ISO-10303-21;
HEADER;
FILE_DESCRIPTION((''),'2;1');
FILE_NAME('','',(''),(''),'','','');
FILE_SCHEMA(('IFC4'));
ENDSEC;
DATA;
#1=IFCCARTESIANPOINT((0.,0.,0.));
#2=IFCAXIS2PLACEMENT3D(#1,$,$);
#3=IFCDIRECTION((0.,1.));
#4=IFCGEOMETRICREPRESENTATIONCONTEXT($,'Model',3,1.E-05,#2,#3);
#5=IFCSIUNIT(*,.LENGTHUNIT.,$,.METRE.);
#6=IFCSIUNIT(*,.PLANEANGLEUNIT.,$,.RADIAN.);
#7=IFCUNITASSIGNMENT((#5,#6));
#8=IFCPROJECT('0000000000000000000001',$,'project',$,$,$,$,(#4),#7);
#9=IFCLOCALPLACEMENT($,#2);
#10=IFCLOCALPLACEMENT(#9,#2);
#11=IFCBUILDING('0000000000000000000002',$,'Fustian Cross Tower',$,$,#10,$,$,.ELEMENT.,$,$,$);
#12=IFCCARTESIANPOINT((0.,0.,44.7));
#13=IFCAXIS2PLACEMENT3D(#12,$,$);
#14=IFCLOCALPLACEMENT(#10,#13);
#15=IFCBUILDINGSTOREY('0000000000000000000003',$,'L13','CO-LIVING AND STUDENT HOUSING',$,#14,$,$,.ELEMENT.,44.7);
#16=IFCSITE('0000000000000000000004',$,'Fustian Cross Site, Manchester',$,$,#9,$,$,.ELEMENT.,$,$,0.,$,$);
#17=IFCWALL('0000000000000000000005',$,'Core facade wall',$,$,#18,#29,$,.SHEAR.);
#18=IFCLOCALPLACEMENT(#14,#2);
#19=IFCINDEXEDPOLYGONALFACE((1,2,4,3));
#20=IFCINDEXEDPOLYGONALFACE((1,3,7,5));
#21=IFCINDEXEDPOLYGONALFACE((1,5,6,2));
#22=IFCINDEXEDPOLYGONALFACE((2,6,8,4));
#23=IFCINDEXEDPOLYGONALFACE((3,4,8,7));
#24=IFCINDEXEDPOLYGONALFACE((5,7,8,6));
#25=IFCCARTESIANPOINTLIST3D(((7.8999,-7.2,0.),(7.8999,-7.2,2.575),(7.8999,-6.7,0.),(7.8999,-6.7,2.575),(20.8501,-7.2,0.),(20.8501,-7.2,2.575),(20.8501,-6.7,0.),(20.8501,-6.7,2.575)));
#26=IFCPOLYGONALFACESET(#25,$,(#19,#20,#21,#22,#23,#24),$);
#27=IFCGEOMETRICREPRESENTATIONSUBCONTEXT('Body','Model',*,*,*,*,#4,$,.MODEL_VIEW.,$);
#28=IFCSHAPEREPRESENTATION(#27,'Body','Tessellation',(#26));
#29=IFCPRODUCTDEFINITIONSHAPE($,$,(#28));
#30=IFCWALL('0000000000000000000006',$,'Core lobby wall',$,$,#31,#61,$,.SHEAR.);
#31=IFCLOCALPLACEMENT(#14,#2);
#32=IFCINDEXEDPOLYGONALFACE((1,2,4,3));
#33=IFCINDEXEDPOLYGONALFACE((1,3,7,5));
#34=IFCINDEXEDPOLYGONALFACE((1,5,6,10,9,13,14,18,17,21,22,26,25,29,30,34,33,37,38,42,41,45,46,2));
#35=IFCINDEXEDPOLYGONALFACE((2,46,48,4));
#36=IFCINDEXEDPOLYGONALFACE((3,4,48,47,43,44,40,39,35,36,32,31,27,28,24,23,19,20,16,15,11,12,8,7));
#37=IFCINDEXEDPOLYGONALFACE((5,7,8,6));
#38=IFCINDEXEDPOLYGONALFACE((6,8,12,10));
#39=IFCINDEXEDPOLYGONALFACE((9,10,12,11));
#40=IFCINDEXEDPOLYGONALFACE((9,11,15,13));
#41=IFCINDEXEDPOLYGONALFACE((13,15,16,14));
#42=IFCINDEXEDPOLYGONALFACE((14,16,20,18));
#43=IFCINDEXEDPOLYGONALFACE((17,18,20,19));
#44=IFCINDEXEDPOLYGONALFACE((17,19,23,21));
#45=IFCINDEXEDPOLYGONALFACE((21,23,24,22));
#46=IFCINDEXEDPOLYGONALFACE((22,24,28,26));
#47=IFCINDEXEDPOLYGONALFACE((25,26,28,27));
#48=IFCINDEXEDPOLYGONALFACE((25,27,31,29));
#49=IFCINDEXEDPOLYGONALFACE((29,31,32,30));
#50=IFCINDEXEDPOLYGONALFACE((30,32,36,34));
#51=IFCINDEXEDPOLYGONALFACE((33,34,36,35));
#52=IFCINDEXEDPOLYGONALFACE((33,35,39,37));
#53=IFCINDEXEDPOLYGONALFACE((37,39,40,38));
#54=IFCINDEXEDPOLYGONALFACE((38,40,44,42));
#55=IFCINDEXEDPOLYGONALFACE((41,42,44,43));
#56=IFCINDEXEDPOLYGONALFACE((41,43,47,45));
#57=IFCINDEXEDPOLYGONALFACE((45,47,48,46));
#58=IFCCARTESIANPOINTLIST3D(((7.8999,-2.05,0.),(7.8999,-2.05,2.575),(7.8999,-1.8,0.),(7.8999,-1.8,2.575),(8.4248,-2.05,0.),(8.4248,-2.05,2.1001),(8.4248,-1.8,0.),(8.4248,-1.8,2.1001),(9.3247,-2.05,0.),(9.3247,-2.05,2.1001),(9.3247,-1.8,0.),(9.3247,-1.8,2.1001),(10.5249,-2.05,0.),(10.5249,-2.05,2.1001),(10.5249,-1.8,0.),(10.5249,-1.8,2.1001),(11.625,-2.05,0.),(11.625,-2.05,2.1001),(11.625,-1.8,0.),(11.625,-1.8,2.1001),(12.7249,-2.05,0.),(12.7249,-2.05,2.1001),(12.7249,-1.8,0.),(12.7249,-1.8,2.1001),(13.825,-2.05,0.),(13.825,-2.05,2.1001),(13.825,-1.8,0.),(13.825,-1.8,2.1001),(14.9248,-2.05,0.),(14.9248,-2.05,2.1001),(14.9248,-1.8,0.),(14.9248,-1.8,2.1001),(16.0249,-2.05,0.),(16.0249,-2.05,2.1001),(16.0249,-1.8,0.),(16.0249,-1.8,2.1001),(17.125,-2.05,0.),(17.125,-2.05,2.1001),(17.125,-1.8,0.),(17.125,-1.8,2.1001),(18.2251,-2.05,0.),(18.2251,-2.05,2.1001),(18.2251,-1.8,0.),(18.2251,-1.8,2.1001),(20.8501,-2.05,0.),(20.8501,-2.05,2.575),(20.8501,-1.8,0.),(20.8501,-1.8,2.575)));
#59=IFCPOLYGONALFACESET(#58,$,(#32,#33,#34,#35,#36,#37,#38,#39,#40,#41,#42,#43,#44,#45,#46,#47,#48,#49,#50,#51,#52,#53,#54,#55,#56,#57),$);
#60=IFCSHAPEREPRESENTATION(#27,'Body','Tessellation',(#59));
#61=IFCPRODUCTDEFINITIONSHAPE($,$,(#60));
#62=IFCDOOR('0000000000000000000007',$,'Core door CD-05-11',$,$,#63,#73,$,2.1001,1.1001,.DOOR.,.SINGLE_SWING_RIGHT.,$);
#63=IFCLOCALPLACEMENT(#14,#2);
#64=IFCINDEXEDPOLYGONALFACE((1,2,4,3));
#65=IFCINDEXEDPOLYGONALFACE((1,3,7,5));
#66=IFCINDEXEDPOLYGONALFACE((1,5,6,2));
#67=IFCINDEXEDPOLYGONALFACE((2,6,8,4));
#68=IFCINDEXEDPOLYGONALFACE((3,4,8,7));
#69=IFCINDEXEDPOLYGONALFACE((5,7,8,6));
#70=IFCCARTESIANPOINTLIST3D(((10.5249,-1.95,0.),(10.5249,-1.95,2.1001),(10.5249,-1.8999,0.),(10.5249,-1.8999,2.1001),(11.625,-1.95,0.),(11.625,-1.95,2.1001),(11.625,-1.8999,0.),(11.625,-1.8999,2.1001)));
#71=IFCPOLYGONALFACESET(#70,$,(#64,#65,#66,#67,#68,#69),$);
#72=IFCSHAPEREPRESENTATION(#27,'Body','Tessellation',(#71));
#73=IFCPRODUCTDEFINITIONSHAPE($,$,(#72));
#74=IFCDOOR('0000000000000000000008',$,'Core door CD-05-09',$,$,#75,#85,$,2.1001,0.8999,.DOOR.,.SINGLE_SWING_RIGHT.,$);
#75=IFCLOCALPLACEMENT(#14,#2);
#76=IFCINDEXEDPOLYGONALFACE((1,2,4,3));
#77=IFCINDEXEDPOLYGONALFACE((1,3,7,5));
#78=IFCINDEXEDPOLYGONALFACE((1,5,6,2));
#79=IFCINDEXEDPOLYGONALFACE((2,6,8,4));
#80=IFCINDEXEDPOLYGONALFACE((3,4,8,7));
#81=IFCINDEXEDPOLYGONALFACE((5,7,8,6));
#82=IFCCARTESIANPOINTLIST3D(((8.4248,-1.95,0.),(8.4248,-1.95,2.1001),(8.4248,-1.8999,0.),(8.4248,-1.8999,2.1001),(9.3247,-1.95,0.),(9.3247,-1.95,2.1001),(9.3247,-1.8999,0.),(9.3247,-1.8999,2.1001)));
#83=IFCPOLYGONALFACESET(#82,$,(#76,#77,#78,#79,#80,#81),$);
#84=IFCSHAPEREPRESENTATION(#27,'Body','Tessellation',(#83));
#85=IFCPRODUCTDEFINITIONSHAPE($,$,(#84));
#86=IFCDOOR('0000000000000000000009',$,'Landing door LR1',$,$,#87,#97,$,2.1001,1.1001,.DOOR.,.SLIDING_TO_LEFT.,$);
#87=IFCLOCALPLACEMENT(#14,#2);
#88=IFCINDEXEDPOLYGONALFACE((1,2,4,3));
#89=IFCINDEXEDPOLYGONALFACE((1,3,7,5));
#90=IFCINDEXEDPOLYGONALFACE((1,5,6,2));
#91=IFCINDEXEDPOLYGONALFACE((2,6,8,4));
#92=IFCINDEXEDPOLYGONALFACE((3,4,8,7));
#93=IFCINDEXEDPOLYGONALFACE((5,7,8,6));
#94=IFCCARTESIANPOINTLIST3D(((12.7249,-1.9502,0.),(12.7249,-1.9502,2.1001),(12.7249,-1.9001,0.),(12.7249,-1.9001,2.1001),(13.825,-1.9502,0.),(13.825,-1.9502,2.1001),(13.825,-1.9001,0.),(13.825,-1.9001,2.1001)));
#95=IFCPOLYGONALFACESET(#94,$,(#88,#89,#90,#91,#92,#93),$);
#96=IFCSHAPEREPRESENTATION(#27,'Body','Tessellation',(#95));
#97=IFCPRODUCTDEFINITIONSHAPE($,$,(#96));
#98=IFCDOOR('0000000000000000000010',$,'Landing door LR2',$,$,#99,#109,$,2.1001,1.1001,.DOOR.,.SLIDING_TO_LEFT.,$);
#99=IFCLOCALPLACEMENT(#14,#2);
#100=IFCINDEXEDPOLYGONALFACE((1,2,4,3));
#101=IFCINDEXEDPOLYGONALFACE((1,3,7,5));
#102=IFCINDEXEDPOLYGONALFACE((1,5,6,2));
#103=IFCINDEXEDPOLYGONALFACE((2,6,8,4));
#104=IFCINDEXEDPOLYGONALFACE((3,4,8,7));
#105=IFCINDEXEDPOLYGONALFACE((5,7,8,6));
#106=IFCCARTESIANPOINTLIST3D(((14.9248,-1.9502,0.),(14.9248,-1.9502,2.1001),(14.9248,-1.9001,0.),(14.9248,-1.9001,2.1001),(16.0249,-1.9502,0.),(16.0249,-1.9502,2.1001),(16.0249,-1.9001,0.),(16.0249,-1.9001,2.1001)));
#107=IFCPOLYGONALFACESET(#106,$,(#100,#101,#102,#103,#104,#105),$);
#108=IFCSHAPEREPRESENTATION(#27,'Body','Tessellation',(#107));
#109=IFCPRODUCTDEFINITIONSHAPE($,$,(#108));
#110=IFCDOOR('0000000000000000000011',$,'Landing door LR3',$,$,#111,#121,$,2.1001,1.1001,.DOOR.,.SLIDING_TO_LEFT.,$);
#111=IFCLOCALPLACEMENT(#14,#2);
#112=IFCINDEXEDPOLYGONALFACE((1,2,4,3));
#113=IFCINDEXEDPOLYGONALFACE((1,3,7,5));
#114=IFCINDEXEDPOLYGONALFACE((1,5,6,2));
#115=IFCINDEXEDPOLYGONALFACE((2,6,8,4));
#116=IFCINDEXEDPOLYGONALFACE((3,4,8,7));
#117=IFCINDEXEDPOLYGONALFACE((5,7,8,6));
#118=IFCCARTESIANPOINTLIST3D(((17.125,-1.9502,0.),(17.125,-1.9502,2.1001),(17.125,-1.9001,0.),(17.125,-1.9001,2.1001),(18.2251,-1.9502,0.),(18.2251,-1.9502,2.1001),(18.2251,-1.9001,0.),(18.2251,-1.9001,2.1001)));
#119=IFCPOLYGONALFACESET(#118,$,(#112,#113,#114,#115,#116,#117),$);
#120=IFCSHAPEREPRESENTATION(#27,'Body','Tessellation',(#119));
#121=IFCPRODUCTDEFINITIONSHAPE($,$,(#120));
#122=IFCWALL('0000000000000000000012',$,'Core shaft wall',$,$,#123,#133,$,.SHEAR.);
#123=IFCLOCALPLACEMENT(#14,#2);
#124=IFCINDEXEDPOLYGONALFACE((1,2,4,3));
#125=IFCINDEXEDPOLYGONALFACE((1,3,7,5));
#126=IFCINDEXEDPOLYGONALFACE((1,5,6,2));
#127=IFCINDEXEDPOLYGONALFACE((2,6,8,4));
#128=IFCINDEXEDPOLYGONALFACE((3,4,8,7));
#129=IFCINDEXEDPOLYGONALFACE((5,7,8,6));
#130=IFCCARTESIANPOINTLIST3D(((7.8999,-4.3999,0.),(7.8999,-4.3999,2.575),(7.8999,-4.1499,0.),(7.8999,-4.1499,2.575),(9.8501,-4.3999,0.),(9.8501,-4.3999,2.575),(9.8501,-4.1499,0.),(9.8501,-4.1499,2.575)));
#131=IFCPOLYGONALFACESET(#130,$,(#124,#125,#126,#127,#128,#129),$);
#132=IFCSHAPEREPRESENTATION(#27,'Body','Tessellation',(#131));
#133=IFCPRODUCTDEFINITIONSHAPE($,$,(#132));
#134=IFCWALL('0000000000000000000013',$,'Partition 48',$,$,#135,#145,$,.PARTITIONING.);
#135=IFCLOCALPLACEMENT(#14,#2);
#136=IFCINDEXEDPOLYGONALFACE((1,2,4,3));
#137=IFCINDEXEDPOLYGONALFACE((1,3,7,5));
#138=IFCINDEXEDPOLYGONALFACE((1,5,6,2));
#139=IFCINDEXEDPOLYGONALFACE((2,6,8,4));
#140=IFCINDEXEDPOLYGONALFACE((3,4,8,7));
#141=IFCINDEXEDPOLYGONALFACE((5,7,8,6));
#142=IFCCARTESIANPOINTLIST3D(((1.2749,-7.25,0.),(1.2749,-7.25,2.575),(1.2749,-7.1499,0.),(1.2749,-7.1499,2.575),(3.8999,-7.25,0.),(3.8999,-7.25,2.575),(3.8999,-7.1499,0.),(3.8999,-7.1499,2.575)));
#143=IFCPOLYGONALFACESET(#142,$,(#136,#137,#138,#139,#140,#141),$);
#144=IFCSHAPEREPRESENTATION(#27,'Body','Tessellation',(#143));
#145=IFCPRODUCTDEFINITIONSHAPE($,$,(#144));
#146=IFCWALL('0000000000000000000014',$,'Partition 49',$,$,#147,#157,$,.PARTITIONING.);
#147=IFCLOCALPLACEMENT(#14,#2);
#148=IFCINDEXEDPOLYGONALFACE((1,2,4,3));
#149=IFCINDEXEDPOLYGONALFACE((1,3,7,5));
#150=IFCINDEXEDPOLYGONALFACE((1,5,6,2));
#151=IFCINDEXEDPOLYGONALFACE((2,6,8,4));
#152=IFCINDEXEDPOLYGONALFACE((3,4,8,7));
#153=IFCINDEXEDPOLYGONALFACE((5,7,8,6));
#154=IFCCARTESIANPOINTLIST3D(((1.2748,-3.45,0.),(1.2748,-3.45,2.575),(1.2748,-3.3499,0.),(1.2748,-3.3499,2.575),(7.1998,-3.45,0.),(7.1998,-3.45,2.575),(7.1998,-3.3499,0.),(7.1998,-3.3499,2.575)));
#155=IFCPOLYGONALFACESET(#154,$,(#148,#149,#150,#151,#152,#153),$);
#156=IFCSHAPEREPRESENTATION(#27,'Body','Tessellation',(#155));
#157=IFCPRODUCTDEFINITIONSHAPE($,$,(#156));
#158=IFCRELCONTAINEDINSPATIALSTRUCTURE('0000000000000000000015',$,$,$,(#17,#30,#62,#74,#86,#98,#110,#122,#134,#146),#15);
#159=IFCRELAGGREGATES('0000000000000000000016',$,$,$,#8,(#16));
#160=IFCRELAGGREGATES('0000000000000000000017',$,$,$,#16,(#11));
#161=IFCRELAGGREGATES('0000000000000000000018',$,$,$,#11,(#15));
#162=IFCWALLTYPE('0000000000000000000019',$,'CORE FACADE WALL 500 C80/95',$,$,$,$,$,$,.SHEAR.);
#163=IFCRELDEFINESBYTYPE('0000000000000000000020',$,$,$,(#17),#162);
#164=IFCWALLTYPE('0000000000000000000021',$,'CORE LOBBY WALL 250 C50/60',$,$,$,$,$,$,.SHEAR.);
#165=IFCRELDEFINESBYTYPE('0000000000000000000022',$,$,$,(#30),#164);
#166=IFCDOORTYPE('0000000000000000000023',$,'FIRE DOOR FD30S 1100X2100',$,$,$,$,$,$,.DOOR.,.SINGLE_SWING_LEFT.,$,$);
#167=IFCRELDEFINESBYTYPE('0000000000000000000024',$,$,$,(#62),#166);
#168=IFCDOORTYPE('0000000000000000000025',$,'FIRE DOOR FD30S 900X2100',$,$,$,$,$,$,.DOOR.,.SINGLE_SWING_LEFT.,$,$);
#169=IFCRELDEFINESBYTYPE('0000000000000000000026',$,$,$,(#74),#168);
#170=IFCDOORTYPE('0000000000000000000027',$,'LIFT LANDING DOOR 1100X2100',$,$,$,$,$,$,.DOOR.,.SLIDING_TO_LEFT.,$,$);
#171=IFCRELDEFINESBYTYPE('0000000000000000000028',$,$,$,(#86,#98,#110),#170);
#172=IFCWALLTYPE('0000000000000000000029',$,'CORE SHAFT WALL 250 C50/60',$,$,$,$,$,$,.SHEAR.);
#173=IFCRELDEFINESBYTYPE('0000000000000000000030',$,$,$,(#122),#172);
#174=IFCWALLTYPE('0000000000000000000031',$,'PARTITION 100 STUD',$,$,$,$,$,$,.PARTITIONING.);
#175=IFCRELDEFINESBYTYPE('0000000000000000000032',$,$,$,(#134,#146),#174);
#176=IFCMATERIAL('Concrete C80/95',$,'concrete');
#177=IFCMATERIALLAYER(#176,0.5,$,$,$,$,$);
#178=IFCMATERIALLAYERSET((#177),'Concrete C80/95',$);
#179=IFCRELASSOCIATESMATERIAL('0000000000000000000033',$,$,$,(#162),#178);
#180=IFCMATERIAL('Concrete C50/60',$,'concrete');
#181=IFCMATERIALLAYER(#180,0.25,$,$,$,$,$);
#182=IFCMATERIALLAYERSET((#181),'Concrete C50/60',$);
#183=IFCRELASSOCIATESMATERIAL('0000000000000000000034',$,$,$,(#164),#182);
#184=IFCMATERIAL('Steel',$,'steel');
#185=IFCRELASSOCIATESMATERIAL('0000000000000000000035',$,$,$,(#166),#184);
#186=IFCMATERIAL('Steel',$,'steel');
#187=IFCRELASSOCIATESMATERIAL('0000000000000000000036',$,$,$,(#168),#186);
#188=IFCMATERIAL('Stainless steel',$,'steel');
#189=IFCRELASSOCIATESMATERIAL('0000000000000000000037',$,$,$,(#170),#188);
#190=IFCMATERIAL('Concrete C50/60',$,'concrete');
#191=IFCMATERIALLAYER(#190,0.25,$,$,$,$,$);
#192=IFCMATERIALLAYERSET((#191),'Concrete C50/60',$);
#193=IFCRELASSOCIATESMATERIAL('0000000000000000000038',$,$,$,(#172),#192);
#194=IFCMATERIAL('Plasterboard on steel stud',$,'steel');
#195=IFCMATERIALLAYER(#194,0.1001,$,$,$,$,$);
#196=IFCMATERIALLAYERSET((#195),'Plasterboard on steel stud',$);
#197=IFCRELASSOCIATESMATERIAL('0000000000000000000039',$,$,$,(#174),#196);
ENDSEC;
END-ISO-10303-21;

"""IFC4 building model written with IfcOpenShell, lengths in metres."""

from ifc_helpers import new_model, si_unit, direction, frame, frame_2d, origin, place, context, subcontext, project, spatial, rectangle, extrude, material, layer, layer_set, type_object, element, fill, save


model = new_model("IFC4")

# Units and contexts
model_context = context("Model", 3, precision=1e-05, world=origin(), true_north=direction((0.0, 1.0)))
body_context = subcontext(model_context, "Body", "Model", "MODEL_VIEW")
ifc_project = project(units=[si_unit("LENGTHUNIT", "METRE"), si_unit("PLANEANGLEUNIT", "RADIAN")], contexts=[model_context])

# Site, building, storey
site_placement = place(None, origin())
site = spatial("IfcSite", under=ifc_project, at=site_placement, Name="Fustian Cross Site, Manchester", CompositionType="ELEMENT", RefElevation=0.0)
building_placement = place(site_placement, origin())
building = spatial("IfcBuilding", under=site, at=building_placement, Name="Fustian Cross Tower", CompositionType="ELEMENT")
storey_placement = place(building_placement, frame((0.0, 0.0, 44.7)))
storey = spatial("IfcBuildingStorey", under=building, at=storey_placement, Name="L13", Description="CO-LIVING AND STUDENT HOUSING", CompositionType="ELEMENT", Elevation=44.7)

# Wall
ifc_material_1 = material(Name="Concrete C80/95", Category="concrete")
ifc_layer_1 = layer(ifc_material_1, 0.5)
ifc_layer_set_1 = layer_set([ifc_layer_1], Name="Concrete C80/95")
wall_type_1 = type_object("IfcWallType", Name="CORE FACADE WALL 500 C80/95", PredefinedType="SHEAR", material=ifc_layer_set_1)
wall_1_placement = place(storey_placement, frame((7.8999, -6.95, 0.0), z_axis=(0.0, 0.0, 1.0), x_axis=(1.0, 0.0, 0.0)))
element("IfcWall", 1, at=wall_1_placement, inside=storey, type_object=wall_type_1, Name="Core facade wall", PredefinedType="SHEAR", context=body_context, shape_type="SweptSolid", body=[
    extrude(rectangle(XDim=12.9502, YDim=0.5, at=frame_2d((6.4751, 0.0))), origin(), (0.0, 0.0, 1.0), 2.575),
])

# Wall, openings, doors
ifc_material_2 = material(Name="Concrete C50/60", Category="concrete")
ifc_layer_2 = layer(ifc_material_2, 0.25)
ifc_layer_set_2 = layer_set([ifc_layer_2], Name="Concrete C50/60")
wall_type_2 = type_object("IfcWallType", Name="CORE LOBBY WALL 250 C50/60", PredefinedType="SHEAR", material=ifc_layer_set_2)
wall_2_placement = place(storey_placement, frame((7.8999, -1.925, 0.0), z_axis=(0.0, 0.0, 1.0), x_axis=(1.0, 0.0, 0.0)))
wall_2 = element("IfcWall", 2, at=wall_2_placement, inside=storey, type_object=wall_type_2, Name="Core lobby wall", PredefinedType="SHEAR", context=body_context, shape_type="SweptSolid", body=[
    extrude(rectangle(XDim=12.9502, YDim=0.25, at=frame_2d((6.4751, 0.0))), origin(), (0.0, 0.0, 1.0), 2.575),
])
opening_1_placement = place(wall_2_placement, frame((4.825, 0.0, 0.0)))
opening_1 = element("IfcOpeningElement", 3, at=opening_1_placement, cuts=wall_2, PredefinedType="OPENING", context=body_context, shape_type="SweptSolid", body=[
    extrude(rectangle(XDim=1.1001, YDim=2.1001, at=frame_2d((0.55, 1.05))), frame((0.0, 0.135, 0.0), z_axis=(0.0, -1.0, 0.0), x_axis=(1.0, 0.0, 0.0)), (0.0, 0.0, 1.0), 0.27),
])
opening_2_placement = place(wall_2_placement, frame((7.0249, 0.0, 0.0)))
opening_2 = element("IfcOpeningElement", 4, at=opening_2_placement, cuts=wall_2, PredefinedType="OPENING", context=body_context, shape_type="SweptSolid", body=[
    extrude(rectangle(XDim=1.1001, YDim=2.1001, at=frame_2d((0.55, 1.05))), frame((0.0, 0.135, 0.0), z_axis=(0.0, -1.0, 0.0), x_axis=(1.0, 0.0, 0.0)), (0.0, 0.0, 1.0), 0.27),
])
opening_3_placement = place(wall_2_placement, frame((9.2251, 0.0, 0.0)))
opening_3 = element("IfcOpeningElement", 5, at=opening_3_placement, cuts=wall_2, PredefinedType="OPENING", context=body_context, shape_type="SweptSolid", body=[
    extrude(rectangle(XDim=1.1001, YDim=2.1001, at=frame_2d((0.55, 1.05))), frame((0.0, 0.135, 0.0), z_axis=(0.0, -1.0, 0.0), x_axis=(1.0, 0.0, 0.0)), (0.0, 0.0, 1.0), 0.27),
])
opening_4_placement = place(wall_2_placement, frame((0.5249, 0.0, 0.0)))
opening_4 = element("IfcOpeningElement", 6, at=opening_4_placement, cuts=wall_2, PredefinedType="OPENING", context=body_context, shape_type="SweptSolid", body=[
    extrude(rectangle(XDim=0.8999, YDim=2.1001, at=frame_2d((0.45, 1.05))), frame((0.0, 0.135, 0.0), z_axis=(0.0, -1.0, 0.0), x_axis=(1.0, 0.0, 0.0)), (0.0, 0.0, 1.0), 0.27),
])
opening_5_placement = place(wall_2_placement, frame((2.625, 0.0, 0.0)))
opening_5 = element("IfcOpeningElement", 7, at=opening_5_placement, cuts=wall_2, PredefinedType="OPENING", context=body_context, shape_type="SweptSolid", body=[
    extrude(rectangle(XDim=1.1001, YDim=2.1001, at=frame_2d((0.55, 1.05))), frame((0.0, 0.135, 0.0), z_axis=(0.0, -1.0, 0.0), x_axis=(1.0, 0.0, 0.0)), (0.0, 0.0, 1.0), 0.27),
])
ifc_material_3 = material(Name="Steel", Category="steel")
door_type_1 = type_object("IfcDoorType", Name="FIRE DOOR FD30S 1100X2100", OperationType="SINGLE_SWING_LEFT", PredefinedType="DOOR", material=ifc_material_3)
door_1_placement = place(opening_5_placement, frame((1.1001, 0.0, 0.0), z_axis=(0.0, 0.0, 1.0), x_axis=(-1.0, 0.0, 0.0)))
door_1 = element("IfcDoor", 8, at=door_1_placement, inside=storey, type_object=door_type_1, Name="Core door CD-05-11", OperationType="SINGLE_SWING_RIGHT", OverallHeight=2.1001, OverallWidth=1.1001, PredefinedType="DOOR", context=body_context, shape_type="SweptSolid", body=[
    extrude(rectangle(XDim=1.1001, YDim=2.1001, at=frame_2d((0.55, 1.05))), frame((0.0, 0.0249, 0.0), z_axis=(0.0, -1.0, 0.0), x_axis=(1.0, 0.0, 0.0)), (0.0, 0.0, 1.0), 0.05),
])
fill(opening_5, door_1)
ifc_material_4 = material(Name="Steel", Category="steel")
door_type_2 = type_object("IfcDoorType", Name="FIRE DOOR FD30S 900X2100", OperationType="SINGLE_SWING_LEFT", PredefinedType="DOOR", material=ifc_material_4)
door_2_placement = place(opening_4_placement, frame((0.8999, 0.0, 0.0), z_axis=(0.0, 0.0, 1.0), x_axis=(-1.0, 0.0, 0.0)))
door_2 = element("IfcDoor", 9, at=door_2_placement, inside=storey, type_object=door_type_2, Name="Core door CD-05-09", OperationType="SINGLE_SWING_RIGHT", OverallHeight=2.1001, OverallWidth=0.8999, PredefinedType="DOOR", context=body_context, shape_type="SweptSolid", body=[
    extrude(rectangle(XDim=0.8999, YDim=2.1001, at=frame_2d((0.45, 1.05))), frame((0.0, 0.0249, 0.0), z_axis=(0.0, -1.0, 0.0), x_axis=(1.0, 0.0, 0.0)), (0.0, 0.0, 1.0), 0.05),
])
fill(opening_4, door_2)
ifc_material_5 = material(Name="Stainless steel", Category="steel")
door_type_3 = type_object("IfcDoorType", Name="LIFT LANDING DOOR 1100X2100", OperationType="SLIDING_TO_LEFT", PredefinedType="DOOR", material=ifc_material_5)
door_3_placement = place(opening_1_placement, origin())
door_3 = element("IfcDoor", 10, at=door_3_placement, inside=storey, type_object=door_type_3, Name="Landing door LR1", OperationType="SLIDING_TO_LEFT", OverallHeight=2.1001, OverallWidth=1.1001, PredefinedType="DOOR", context=body_context, shape_type="SweptSolid", body=[
    extrude(rectangle(XDim=1.1001, YDim=2.1001, at=frame_2d((0.55, 1.05))), frame((0.0, 0.0249, 0.0), z_axis=(0.0, -1.0, 0.0), x_axis=(1.0, 0.0, 0.0)), (0.0, 0.0, 1.0), 0.05),
])
fill(opening_1, door_3)
door_4_placement = place(opening_2_placement, origin())
door_4 = element("IfcDoor", 11, at=door_4_placement, inside=storey, type_object=door_type_3, Name="Landing door LR2", OperationType="SLIDING_TO_LEFT", OverallHeight=2.1001, OverallWidth=1.1001, PredefinedType="DOOR", context=body_context, shape_type="SweptSolid", body=[
    extrude(rectangle(XDim=1.1001, YDim=2.1001, at=frame_2d((0.55, 1.05))), frame((0.0, 0.0249, 0.0), z_axis=(0.0, -1.0, 0.0), x_axis=(1.0, 0.0, 0.0)), (0.0, 0.0, 1.0), 0.05),
])
fill(opening_2, door_4)
door_5_placement = place(opening_3_placement, origin())
door_5 = element("IfcDoor", 12, at=door_5_placement, inside=storey, type_object=door_type_3, Name="Landing door LR3", OperationType="SLIDING_TO_LEFT", OverallHeight=2.1001, OverallWidth=1.1001, PredefinedType="DOOR", context=body_context, shape_type="SweptSolid", body=[
    extrude(rectangle(XDim=1.1001, YDim=2.1001, at=frame_2d((0.55, 1.05))), frame((0.0, 0.0249, 0.0), z_axis=(0.0, -1.0, 0.0), x_axis=(1.0, 0.0, 0.0)), (0.0, 0.0, 1.0), 0.05),
])
fill(opening_3, door_5)

# Walls
ifc_material_6 = material(Name="Concrete C50/60", Category="concrete")
ifc_layer_3 = layer(ifc_material_6, 0.25)
ifc_layer_set_3 = layer_set([ifc_layer_3], Name="Concrete C50/60")
wall_type_3 = type_object("IfcWallType", Name="CORE SHAFT WALL 250 C50/60", PredefinedType="SHEAR", material=ifc_layer_set_3)
wall_3_placement = place(storey_placement, frame((7.8999, -4.2749, 0.0), z_axis=(0.0, 0.0, 1.0), x_axis=(1.0, 0.0, 0.0)))
element("IfcWall", 13, at=wall_3_placement, inside=storey, type_object=wall_type_3, Name="Core shaft wall", PredefinedType="SHEAR", context=body_context, shape_type="SweptSolid", body=[
    extrude(rectangle(XDim=1.9502, YDim=0.25, at=frame_2d((0.9751, 0.0))), origin(), (0.0, 0.0, 1.0), 2.575),
])
ifc_material_7 = material(Name="Plasterboard on steel stud", Category="steel")
ifc_layer_4 = layer(ifc_material_7, 0.1001)
ifc_layer_set_4 = layer_set([ifc_layer_4], Name="Plasterboard on steel stud")
wall_type_4 = type_object("IfcWallType", Name="PARTITION 100 STUD", PredefinedType="PARTITIONING", material=ifc_layer_set_4)
wall_4_placement = place(storey_placement, frame((1.2749, -7.2, 0.0), z_axis=(0.0, 0.0, 1.0), x_axis=(1.0, 0.0, 0.0)))
element("IfcWall", 14, at=wall_4_placement, inside=storey, type_object=wall_type_4, Name="Partition 48", PredefinedType="PARTITIONING", context=body_context, shape_type="SweptSolid", body=[
    extrude(rectangle(XDim=2.625, YDim=0.1001, at=frame_2d((1.3125, 0.0))), origin(), (0.0, 0.0, 1.0), 2.575),
])
wall_5_placement = place(storey_placement, frame((1.2749, -3.3999, 0.0), z_axis=(0.0, 0.0, 1.0), x_axis=(1.0, 0.0, 0.0)))
element("IfcWall", 15, at=wall_5_placement, inside=storey, type_object=wall_type_4, Name="Partition 49", PredefinedType="PARTITIONING", context=body_context, shape_type="SweptSolid", body=[
    extrude(rectangle(XDim=5.925, YDim=0.1001, at=frame_2d((2.9624, 0.0))), origin(), (0.0, 0.0, 1.0), 2.575),
])

save(model, "model.ifc")
